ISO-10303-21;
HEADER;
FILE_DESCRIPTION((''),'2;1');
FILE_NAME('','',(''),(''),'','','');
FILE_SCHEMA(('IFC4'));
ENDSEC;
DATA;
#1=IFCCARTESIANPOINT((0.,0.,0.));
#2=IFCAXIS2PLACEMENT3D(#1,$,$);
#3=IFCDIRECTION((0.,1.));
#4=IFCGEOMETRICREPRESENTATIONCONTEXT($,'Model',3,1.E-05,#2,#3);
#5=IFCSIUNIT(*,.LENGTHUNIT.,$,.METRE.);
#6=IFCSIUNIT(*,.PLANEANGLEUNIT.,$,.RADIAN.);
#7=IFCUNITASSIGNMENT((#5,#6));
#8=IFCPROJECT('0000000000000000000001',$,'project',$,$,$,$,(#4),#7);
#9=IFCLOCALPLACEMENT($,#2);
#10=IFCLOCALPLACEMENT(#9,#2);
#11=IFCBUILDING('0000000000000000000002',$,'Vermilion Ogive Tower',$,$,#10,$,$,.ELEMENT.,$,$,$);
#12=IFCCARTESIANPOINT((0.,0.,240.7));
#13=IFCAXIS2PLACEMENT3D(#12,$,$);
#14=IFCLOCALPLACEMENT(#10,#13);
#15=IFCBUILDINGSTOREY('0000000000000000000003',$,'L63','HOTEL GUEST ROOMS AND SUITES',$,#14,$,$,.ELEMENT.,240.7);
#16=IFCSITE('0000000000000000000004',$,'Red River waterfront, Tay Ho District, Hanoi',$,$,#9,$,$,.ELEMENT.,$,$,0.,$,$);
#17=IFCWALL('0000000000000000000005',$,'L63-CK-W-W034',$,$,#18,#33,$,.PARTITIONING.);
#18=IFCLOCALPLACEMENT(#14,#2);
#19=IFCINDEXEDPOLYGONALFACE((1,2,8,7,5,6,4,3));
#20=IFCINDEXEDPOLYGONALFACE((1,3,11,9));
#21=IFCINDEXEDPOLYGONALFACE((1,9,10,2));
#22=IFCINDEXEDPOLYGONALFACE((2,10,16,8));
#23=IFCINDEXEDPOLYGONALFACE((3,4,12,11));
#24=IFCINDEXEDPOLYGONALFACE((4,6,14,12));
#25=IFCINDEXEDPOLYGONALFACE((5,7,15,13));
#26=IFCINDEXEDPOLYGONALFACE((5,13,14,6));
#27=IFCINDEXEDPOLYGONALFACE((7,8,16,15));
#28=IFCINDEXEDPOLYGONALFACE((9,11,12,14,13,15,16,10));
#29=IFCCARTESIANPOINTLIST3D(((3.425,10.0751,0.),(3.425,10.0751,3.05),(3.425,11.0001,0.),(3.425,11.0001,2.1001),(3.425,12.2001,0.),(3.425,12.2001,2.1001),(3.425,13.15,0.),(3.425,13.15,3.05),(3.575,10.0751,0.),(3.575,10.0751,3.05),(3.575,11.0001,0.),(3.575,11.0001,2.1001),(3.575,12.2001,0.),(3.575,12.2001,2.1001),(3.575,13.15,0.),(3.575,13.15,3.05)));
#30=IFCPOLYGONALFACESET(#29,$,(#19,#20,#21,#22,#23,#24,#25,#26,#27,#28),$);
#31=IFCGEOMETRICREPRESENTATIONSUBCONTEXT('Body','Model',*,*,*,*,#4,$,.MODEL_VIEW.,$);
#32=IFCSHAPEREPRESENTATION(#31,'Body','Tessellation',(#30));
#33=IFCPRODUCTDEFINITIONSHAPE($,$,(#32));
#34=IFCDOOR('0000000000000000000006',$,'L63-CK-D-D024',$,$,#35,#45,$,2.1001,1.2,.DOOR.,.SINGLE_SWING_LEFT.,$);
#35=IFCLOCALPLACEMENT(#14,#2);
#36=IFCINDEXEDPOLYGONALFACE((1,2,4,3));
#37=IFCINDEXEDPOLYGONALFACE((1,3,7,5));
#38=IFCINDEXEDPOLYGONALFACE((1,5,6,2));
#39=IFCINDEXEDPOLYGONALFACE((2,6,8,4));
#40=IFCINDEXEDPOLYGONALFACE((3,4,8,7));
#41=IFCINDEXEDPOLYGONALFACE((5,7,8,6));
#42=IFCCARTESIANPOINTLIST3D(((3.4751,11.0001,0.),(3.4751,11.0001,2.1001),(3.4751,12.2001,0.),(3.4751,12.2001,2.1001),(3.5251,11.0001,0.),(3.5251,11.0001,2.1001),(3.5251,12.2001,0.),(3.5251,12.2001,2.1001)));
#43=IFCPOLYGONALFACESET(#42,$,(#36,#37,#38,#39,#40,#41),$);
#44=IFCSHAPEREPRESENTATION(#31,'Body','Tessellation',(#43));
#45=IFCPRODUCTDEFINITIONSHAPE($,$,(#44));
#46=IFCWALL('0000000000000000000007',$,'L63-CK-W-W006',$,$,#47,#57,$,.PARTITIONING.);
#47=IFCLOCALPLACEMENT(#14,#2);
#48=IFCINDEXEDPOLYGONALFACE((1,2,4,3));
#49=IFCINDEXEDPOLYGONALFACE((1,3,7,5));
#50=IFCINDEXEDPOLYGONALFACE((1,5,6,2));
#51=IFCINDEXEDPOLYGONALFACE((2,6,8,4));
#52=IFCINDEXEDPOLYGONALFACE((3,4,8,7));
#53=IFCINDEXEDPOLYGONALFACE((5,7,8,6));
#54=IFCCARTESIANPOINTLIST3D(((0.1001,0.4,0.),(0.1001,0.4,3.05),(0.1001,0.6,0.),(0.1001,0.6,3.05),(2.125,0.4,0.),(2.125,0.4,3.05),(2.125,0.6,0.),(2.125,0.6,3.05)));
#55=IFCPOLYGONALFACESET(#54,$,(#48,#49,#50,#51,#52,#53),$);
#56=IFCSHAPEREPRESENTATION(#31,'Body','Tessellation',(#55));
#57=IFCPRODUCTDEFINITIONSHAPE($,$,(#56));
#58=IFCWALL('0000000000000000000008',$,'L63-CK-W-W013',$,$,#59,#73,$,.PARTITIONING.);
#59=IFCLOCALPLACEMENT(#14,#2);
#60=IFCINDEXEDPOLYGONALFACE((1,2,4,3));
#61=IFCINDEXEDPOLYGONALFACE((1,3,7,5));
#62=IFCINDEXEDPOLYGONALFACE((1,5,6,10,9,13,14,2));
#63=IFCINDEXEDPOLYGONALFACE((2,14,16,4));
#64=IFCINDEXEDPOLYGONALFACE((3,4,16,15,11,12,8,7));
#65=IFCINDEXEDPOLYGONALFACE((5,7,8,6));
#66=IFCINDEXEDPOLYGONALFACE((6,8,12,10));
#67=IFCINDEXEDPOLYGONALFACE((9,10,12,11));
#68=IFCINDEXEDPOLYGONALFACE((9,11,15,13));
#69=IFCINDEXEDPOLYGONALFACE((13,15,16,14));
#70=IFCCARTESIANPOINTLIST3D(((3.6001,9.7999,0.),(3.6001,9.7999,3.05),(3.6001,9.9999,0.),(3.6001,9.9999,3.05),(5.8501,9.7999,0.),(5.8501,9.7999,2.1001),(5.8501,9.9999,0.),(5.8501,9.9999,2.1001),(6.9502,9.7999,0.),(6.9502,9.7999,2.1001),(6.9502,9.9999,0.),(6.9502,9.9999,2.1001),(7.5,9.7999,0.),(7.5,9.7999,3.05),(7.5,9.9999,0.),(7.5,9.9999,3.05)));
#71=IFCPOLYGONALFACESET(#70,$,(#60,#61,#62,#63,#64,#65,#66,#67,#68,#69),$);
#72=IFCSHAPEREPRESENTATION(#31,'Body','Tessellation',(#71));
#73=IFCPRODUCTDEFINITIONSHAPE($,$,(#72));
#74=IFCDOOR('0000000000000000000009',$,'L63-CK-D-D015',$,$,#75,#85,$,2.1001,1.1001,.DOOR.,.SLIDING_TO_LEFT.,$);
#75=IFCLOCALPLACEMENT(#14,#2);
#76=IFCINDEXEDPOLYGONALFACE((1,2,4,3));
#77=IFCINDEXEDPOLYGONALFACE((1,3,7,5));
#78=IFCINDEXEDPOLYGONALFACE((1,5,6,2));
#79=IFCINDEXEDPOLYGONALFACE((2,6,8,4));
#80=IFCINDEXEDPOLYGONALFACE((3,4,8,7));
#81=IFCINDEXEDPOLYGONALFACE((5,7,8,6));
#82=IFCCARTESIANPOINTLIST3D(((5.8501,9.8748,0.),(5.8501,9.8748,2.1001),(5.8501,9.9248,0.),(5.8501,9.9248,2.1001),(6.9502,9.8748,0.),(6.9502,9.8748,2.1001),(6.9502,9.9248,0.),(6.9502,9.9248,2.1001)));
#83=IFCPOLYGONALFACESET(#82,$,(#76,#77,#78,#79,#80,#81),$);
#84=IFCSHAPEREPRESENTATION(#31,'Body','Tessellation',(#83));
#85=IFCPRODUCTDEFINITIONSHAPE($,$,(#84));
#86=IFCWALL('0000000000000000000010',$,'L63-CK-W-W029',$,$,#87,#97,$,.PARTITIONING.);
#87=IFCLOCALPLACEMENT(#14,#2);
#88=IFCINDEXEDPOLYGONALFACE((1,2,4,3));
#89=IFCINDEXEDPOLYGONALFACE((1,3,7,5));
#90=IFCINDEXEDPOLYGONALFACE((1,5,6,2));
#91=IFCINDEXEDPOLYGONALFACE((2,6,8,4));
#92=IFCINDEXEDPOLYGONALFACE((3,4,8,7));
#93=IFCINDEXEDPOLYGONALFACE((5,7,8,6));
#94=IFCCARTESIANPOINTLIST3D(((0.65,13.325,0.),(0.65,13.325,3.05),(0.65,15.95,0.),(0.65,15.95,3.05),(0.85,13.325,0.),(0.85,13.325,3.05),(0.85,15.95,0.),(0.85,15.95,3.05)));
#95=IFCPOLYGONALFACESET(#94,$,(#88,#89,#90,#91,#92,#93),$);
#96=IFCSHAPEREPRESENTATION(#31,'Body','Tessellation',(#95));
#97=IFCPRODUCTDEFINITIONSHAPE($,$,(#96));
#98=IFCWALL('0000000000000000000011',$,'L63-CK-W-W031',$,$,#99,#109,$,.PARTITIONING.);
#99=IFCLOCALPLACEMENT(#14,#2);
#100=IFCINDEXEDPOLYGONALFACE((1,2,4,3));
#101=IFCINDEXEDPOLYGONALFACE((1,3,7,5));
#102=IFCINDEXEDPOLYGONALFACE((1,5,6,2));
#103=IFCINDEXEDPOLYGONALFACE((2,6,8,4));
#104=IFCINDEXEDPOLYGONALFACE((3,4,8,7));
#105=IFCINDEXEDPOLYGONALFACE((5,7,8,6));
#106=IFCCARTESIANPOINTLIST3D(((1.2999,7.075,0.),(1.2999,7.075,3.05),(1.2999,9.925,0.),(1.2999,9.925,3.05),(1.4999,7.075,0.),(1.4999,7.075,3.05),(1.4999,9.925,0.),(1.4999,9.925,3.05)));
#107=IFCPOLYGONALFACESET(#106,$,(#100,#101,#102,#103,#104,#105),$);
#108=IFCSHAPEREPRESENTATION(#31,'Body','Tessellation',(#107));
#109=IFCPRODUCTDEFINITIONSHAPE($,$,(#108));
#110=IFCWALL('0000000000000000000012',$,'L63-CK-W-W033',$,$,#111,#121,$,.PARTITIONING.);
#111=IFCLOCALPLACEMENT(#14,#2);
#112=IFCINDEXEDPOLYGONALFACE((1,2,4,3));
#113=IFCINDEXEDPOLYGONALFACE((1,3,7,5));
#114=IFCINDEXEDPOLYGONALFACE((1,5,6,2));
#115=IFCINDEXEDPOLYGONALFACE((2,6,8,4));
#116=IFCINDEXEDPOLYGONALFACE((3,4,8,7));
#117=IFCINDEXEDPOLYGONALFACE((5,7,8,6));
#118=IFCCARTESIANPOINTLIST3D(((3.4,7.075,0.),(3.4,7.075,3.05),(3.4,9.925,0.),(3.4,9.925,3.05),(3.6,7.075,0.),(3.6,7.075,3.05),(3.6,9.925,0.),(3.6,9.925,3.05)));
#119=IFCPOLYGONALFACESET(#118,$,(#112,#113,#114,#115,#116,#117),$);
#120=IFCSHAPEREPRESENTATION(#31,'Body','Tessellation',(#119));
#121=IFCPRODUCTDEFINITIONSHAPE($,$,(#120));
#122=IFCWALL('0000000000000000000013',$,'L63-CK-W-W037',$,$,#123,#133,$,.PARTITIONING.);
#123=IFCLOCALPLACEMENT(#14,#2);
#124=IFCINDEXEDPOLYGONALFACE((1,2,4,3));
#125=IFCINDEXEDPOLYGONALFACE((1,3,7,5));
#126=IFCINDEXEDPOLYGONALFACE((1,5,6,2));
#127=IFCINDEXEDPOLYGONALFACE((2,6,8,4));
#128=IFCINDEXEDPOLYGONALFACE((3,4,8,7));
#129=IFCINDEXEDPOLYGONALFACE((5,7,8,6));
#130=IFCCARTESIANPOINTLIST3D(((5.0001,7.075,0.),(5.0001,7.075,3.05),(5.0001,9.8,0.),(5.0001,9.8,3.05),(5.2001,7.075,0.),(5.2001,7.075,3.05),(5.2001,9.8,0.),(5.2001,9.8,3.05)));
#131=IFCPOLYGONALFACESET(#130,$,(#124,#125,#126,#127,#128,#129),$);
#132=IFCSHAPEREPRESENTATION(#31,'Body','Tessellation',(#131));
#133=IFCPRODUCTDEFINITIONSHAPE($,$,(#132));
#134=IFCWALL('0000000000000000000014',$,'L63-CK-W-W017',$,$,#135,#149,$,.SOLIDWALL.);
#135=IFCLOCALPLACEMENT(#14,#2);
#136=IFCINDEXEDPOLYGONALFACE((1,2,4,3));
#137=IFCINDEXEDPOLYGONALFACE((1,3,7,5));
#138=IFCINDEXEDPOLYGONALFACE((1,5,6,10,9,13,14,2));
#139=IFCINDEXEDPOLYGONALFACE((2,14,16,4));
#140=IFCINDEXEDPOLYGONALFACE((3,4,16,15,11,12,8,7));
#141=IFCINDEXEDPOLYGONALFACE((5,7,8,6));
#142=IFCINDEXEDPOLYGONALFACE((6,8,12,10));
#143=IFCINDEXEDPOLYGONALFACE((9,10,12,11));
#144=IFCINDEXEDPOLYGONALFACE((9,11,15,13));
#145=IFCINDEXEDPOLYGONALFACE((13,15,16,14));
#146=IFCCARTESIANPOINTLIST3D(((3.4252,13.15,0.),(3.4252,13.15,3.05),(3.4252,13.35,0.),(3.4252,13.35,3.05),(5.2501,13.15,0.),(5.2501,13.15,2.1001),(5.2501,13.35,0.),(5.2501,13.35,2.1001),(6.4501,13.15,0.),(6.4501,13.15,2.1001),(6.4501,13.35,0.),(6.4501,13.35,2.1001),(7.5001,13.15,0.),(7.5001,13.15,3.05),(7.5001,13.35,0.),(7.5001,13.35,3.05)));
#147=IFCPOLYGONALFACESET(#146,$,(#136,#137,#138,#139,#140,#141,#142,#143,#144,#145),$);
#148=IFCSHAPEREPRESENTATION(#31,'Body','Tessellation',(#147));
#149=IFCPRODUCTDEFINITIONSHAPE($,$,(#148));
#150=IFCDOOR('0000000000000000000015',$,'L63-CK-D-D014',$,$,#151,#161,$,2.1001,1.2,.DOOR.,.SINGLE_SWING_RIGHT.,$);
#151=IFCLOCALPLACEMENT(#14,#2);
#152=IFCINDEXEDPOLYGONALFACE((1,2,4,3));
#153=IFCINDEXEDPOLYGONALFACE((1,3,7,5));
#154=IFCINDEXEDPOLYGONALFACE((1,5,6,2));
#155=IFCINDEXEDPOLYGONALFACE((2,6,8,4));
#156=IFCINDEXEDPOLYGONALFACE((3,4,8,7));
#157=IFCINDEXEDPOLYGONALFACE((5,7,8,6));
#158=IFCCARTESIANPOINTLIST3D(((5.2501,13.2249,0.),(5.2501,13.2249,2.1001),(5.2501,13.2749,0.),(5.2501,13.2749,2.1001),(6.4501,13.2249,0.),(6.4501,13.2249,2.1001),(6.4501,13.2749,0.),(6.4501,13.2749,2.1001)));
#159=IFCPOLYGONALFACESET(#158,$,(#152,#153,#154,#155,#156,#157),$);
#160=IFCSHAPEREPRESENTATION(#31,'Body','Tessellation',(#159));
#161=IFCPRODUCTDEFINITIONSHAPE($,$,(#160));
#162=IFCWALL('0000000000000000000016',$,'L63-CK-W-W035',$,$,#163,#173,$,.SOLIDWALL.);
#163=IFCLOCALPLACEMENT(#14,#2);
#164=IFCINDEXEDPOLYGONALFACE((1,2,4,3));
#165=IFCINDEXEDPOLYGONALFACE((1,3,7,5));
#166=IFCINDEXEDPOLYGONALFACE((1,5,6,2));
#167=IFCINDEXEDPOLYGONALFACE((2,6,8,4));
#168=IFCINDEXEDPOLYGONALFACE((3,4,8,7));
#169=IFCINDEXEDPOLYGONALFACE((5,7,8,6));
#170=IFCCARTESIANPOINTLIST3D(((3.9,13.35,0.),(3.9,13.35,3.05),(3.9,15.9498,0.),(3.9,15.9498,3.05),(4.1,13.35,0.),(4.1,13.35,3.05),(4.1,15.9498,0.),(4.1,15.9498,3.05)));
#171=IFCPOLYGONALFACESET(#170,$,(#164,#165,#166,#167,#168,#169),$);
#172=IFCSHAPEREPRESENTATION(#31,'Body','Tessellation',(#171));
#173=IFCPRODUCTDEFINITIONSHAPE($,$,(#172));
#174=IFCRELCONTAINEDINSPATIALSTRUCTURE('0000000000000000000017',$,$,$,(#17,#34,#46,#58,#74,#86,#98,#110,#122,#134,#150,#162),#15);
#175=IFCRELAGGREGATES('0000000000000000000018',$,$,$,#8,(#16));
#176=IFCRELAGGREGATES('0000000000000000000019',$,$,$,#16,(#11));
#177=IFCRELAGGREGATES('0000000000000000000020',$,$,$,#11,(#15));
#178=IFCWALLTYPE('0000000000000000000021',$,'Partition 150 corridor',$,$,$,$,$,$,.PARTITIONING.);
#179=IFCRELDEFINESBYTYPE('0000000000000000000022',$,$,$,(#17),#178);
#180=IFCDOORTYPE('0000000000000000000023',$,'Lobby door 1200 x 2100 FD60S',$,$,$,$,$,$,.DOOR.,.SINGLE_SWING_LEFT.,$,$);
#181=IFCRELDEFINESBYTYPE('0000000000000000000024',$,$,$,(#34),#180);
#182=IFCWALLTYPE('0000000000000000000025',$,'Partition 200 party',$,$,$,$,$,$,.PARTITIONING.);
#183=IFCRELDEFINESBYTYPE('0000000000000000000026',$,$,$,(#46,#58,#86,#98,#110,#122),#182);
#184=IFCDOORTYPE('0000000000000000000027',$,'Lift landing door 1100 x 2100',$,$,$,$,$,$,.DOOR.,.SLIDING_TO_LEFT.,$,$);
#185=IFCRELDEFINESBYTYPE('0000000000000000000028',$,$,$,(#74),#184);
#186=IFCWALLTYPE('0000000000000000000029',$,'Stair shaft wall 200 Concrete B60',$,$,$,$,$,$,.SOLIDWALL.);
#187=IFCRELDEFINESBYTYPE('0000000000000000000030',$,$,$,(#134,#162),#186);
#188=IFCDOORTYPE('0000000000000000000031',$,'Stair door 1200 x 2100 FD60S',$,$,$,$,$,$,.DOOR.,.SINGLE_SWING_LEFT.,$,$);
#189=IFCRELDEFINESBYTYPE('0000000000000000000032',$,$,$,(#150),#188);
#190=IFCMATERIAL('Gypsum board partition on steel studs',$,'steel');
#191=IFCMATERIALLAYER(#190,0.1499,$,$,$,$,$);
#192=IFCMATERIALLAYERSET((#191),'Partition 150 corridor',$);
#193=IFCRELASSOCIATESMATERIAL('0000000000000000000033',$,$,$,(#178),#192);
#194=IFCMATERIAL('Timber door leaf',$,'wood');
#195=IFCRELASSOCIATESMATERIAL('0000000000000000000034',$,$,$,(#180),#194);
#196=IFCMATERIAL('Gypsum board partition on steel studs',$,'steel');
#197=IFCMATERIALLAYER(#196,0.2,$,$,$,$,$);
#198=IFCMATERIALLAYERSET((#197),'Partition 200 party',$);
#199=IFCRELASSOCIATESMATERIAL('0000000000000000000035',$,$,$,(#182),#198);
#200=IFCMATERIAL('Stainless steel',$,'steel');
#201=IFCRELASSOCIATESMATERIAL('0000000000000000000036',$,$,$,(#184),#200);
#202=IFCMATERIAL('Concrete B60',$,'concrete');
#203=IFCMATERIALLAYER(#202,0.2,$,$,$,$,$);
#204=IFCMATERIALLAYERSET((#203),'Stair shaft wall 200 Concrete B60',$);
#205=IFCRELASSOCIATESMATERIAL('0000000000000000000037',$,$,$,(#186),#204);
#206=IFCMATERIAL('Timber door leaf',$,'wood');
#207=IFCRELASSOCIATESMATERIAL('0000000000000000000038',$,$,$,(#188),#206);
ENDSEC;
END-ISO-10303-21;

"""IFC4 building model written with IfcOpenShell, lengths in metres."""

from ifc_helpers import new_model, si_unit, direction, frame, frame_2d, origin, place, context, subcontext, project, spatial, rectangle, extrude, material, layer, layer_set, type_object, element, fill, save


model = new_model("IFC4")

# Units and contexts
model_context = context("Model", 3, precision=1e-05, world=origin(), true_north=direction((0.0, 1.0)))
body_context = subcontext(model_context, "Body", "Model", "MODEL_VIEW")
ifc_project = project(units=[si_unit("LENGTHUNIT", "METRE"), si_unit("PLANEANGLEUNIT", "RADIAN")], contexts=[model_context])

# Site, building, storey
site_placement = place(None, origin())
site = spatial("IfcSite", under=ifc_project, at=site_placement, Name="Red River waterfront, Tay Ho District, Hanoi", CompositionType="ELEMENT", RefElevation=0.0)
building_placement = place(site_placement, origin())
building = spatial("IfcBuilding", under=site, at=building_placement, Name="Vermilion Ogive Tower", CompositionType="ELEMENT")
storey_placement = place(building_placement, frame((0.0, 0.0, 240.7)))
storey = spatial("IfcBuildingStorey", under=building, at=storey_placement, Name="L63", Description="HOTEL GUEST ROOMS AND SUITES", CompositionType="ELEMENT", Elevation=240.7)

# Shared definitions
ifc_material_1 = material(Name="Gypsum board partition on steel studs", Category="steel")
ifc_layer_1 = layer(ifc_material_1, 0.1499)
ifc_layer_set_1 = layer_set([ifc_layer_1], Name="Partition 150 corridor")
wall_type_1 = type_object("IfcWallType", Name="Partition 150 corridor", PredefinedType="PARTITIONING", material=ifc_layer_set_1)

# Wall, opening, door
wall_1_placement = place(storey_placement, frame((3.5, 10.075, 0.0), z_axis=(0.0, 0.0, 1.0), x_axis=(0.0, 1.0, 0.0)))
wall_1 = element("IfcWall", 1, at=wall_1_placement, inside=storey, type_object=wall_type_1, Name="L63-CK-W-W034", PredefinedType="PARTITIONING", context=body_context, shape_type="SweptSolid", body=[
    extrude(rectangle(XDim=3.075, YDim=0.1499, at=frame_2d((1.5376, 0.0))), origin(), (0.0, 0.0, 1.0), 3.05),
])
opening_1_placement = place(wall_1_placement, frame((0.925, 0.0, 0.0)))
opening_1 = element("IfcOpeningElement", 2, at=opening_1_placement, cuts=wall_1, PredefinedType="OPENING", context=body_context, shape_type="SweptSolid", body=[
    extrude(rectangle(XDim=1.2, YDim=2.1001, at=frame_2d((0.6001, 1.05))), frame((0.0, 0.085, 0.0), z_axis=(0.0, -1.0, 0.0), x_axis=(1.0, 0.0, 0.0)), (0.0, 0.0, 1.0), 0.1699),
])
ifc_material_2 = material(Name="Timber door leaf", Category="wood")
door_type_1 = type_object("IfcDoorType", Name="Lobby door 1200 x 2100 FD60S", OperationType="SINGLE_SWING_LEFT", PredefinedType="DOOR", material=ifc_material_2)
door_1_placement = place(opening_1_placement, origin())
door_1 = element("IfcDoor", 3, at=door_1_placement, inside=storey, type_object=door_type_1, Name="L63-CK-D-D024", OperationType="SINGLE_SWING_LEFT", OverallHeight=2.1001, OverallWidth=1.2, PredefinedType="DOOR", context=body_context, shape_type="SweptSolid", body=[
    extrude(rectangle(XDim=1.2, YDim=2.1001, at=frame_2d((0.6001, 1.05))), frame((0.0, 0.0249, 0.0), z_axis=(0.0, -1.0, 0.0), x_axis=(1.0, 0.0, 0.0)), (0.0, 0.0, 1.0), 0.05),
])
fill(opening_1, door_1)

# Wall
ifc_material_3 = material(Name="Gypsum board partition on steel studs", Category="steel")
ifc_layer_2 = layer(ifc_material_3, 0.2)
ifc_layer_set_2 = layer_set([ifc_layer_2], Name="Partition 200 party")
wall_type_2 = type_object("IfcWallType", Name="Partition 200 party", PredefinedType="PARTITIONING", material=ifc_layer_set_2)
wall_2_placement = place(storey_placement, frame((0.1001, 0.5, 0.0), z_axis=(0.0, 0.0, 1.0), x_axis=(1.0, 0.0, 0.0)))
element("IfcWall", 4, at=wall_2_placement, inside=storey, type_object=wall_type_2, Name="L63-CK-W-W006", PredefinedType="PARTITIONING", context=body_context, shape_type="SweptSolid", body=[
    extrude(rectangle(XDim=2.0249, YDim=0.2, at=frame_2d((1.0125, 0.0))), origin(), (0.0, 0.0, 1.0), 3.05),
])

# Wall, opening, door
wall_3_placement = place(storey_placement, frame((3.6001, 9.8999, 0.0), z_axis=(0.0, 0.0, 1.0), x_axis=(1.0, 0.0, 0.0)))
wall_3 = element("IfcWall", 5, at=wall_3_placement, inside=storey, type_object=wall_type_2, Name="L63-CK-W-W013", PredefinedType="PARTITIONING", context=body_context, shape_type="SweptSolid", body=[
    extrude(rectangle(XDim=3.8999, YDim=0.2, at=frame_2d((1.95, 0.0))), origin(), (0.0, 0.0, 1.0), 3.05),
])
opening_2_placement = place(wall_3_placement, frame((2.25, 0.0, 0.0)))
opening_2 = element("IfcOpeningElement", 6, at=opening_2_placement, cuts=wall_3, PredefinedType="OPENING", context=body_context, shape_type="SweptSolid", body=[
    extrude(rectangle(XDim=1.1001, YDim=2.1001, at=frame_2d((0.55, 1.05))), frame((0.0, 0.1099, 0.0), z_axis=(0.0, -1.0, 0.0), x_axis=(1.0, 0.0, 0.0)), (0.0, 0.0, 1.0), 0.22),
])
ifc_material_4 = material(Name="Stainless steel", Category="steel")
door_type_2 = type_object("IfcDoorType", Name="Lift landing door 1100 x 2100", OperationType="SLIDING_TO_LEFT", PredefinedType="DOOR", material=ifc_material_4)
door_2_placement = place(opening_2_placement, origin())
door_2 = element("IfcDoor", 7, at=door_2_placement, inside=storey, type_object=door_type_2, Name="L63-CK-D-D015", OperationType="SLIDING_TO_LEFT", OverallHeight=2.1001, OverallWidth=1.1001, PredefinedType="DOOR", context=body_context, shape_type="SweptSolid", body=[
    extrude(rectangle(XDim=1.1001, YDim=2.1001, at=frame_2d((0.55, 1.05))), frame((0.0, 0.0249, 0.0), z_axis=(0.0, -1.0, 0.0), x_axis=(1.0, 0.0, 0.0)), (0.0, 0.0, 1.0), 0.05),
])
fill(opening_2, door_2)

# Walls
wall_4_placement = place(storey_placement, frame((0.75, 13.325, 0.0), z_axis=(0.0, 0.0, 1.0), x_axis=(0.0, 1.0, 0.0)))
element("IfcWall", 8, at=wall_4_placement, inside=storey, type_object=wall_type_2, Name="L63-CK-W-W029", PredefinedType="PARTITIONING", context=body_context, shape_type="SweptSolid", body=[
    extrude(rectangle(XDim=2.625, YDim=0.2, at=frame_2d((1.3125, 0.0))), origin(), (0.0, 0.0, 1.0), 3.05),
])
for number, where, z_axis, x_axis, name in (
    (9, (1.3999, 7.075, 0.0), (0.0, 0.0, 1.0), (0.0, 1.0, 0.0), "L63-CK-W-W031"),
    (10, (3.5, 7.075, 0.0), (0.0, 0.0, 1.0), (0.0, 1.0, 0.0), "L63-CK-W-W033"),
):
    element("IfcWall", number, at=place(storey_placement, frame(where, z_axis=z_axis, x_axis=x_axis)), inside=storey, type_object=wall_type_2, Name=name, PredefinedType="PARTITIONING", context=body_context, shape_type="SweptSolid", body=[
        extrude(rectangle(XDim=2.8501, YDim=0.2, at=frame_2d((1.425, 0.0))), origin(), (0.0, 0.0, 1.0), 3.05),
    ])
wall_5_placement = place(storey_placement, frame((5.1001, 7.075, 0.0), z_axis=(0.0, 0.0, 1.0), x_axis=(0.0, 1.0, 0.0)))
element("IfcWall", 11, at=wall_5_placement, inside=storey, type_object=wall_type_2, Name="L63-CK-W-W037", PredefinedType="PARTITIONING", context=body_context, shape_type="SweptSolid", body=[
    extrude(rectangle(XDim=2.7251, YDim=0.2, at=frame_2d((1.3625, 0.0))), origin(), (0.0, 0.0, 1.0), 3.05),
])

# Wall, opening, door
ifc_material_5 = material(Name="Concrete B60", Category="concrete")
ifc_layer_3 = layer(ifc_material_5, 0.2)
ifc_layer_set_3 = layer_set([ifc_layer_3], Name="Stair shaft wall 200 Concrete B60")
wall_type_3 = type_object("IfcWallType", Name="Stair shaft wall 200 Concrete B60", PredefinedType="SOLIDWALL", material=ifc_layer_set_3)
wall_6_placement = place(storey_placement, frame((3.425, 13.25, 0.0), z_axis=(0.0, 0.0, 1.0), x_axis=(1.0, 0.0, 0.0)))
wall_6 = element("IfcWall", 12, at=wall_6_placement, inside=storey, type_object=wall_type_3, Name="L63-CK-W-W017", PredefinedType="SOLIDWALL", context=body_context, shape_type="SweptSolid", body=[
    extrude(rectangle(XDim=4.075, YDim=0.2, at=frame_2d((2.0376, 0.0))), origin(), (0.0, 0.0, 1.0), 3.05),
])
opening_3_placement = place(wall_6_placement, frame((1.825, 0.0, 0.0)))
opening_3 = element("IfcOpeningElement", 13, at=opening_3_placement, cuts=wall_6, PredefinedType="OPENING", context=body_context, shape_type="SweptSolid", body=[
    extrude(rectangle(XDim=1.2, YDim=2.1001, at=frame_2d((0.6001, 1.05))), frame((0.0, 0.1099, 0.0), z_axis=(0.0, -1.0, 0.0), x_axis=(1.0, 0.0, 0.0)), (0.0, 0.0, 1.0), 0.22),
])
ifc_material_6 = material(Name="Timber door leaf", Category="wood")
door_type_3 = type_object("IfcDoorType", Name="Stair door 1200 x 2100 FD60S", OperationType="SINGLE_SWING_LEFT", PredefinedType="DOOR", material=ifc_material_6)
door_3_placement = place(opening_3_placement, origin())
door_3 = element("IfcDoor", 14, at=door_3_placement, inside=storey, type_object=door_type_3, Name="L63-CK-D-D014", OperationType="SINGLE_SWING_RIGHT", OverallHeight=2.1001, OverallWidth=1.2, PredefinedType="DOOR", context=body_context, shape_type="SweptSolid", body=[
    extrude(rectangle(XDim=1.2, YDim=2.1001, at=frame_2d((0.6001, 1.05))), frame((0.0, 0.0249, 0.0), z_axis=(0.0, -1.0, 0.0), x_axis=(1.0, 0.0, 0.0)), (0.0, 0.0, 1.0), 0.05),
])
fill(opening_3, door_3)

# Wall
wall_7_placement = place(storey_placement, frame((4.0, 13.3501, 0.0), z_axis=(0.0, 0.0, 1.0), x_axis=(0.0, 1.0, 0.0)))
element("IfcWall", 15, at=wall_7_placement, inside=storey, type_object=wall_type_3, Name="L63-CK-W-W035", PredefinedType="SOLIDWALL", context=body_context, shape_type="SweptSolid", body=[
    extrude(rectangle(XDim=2.5999, YDim=0.2, at=frame_2d((1.2998, 0.0))), origin(), (0.0, 0.0, 1.0), 3.05),
])

save(model, "model.ifc")
